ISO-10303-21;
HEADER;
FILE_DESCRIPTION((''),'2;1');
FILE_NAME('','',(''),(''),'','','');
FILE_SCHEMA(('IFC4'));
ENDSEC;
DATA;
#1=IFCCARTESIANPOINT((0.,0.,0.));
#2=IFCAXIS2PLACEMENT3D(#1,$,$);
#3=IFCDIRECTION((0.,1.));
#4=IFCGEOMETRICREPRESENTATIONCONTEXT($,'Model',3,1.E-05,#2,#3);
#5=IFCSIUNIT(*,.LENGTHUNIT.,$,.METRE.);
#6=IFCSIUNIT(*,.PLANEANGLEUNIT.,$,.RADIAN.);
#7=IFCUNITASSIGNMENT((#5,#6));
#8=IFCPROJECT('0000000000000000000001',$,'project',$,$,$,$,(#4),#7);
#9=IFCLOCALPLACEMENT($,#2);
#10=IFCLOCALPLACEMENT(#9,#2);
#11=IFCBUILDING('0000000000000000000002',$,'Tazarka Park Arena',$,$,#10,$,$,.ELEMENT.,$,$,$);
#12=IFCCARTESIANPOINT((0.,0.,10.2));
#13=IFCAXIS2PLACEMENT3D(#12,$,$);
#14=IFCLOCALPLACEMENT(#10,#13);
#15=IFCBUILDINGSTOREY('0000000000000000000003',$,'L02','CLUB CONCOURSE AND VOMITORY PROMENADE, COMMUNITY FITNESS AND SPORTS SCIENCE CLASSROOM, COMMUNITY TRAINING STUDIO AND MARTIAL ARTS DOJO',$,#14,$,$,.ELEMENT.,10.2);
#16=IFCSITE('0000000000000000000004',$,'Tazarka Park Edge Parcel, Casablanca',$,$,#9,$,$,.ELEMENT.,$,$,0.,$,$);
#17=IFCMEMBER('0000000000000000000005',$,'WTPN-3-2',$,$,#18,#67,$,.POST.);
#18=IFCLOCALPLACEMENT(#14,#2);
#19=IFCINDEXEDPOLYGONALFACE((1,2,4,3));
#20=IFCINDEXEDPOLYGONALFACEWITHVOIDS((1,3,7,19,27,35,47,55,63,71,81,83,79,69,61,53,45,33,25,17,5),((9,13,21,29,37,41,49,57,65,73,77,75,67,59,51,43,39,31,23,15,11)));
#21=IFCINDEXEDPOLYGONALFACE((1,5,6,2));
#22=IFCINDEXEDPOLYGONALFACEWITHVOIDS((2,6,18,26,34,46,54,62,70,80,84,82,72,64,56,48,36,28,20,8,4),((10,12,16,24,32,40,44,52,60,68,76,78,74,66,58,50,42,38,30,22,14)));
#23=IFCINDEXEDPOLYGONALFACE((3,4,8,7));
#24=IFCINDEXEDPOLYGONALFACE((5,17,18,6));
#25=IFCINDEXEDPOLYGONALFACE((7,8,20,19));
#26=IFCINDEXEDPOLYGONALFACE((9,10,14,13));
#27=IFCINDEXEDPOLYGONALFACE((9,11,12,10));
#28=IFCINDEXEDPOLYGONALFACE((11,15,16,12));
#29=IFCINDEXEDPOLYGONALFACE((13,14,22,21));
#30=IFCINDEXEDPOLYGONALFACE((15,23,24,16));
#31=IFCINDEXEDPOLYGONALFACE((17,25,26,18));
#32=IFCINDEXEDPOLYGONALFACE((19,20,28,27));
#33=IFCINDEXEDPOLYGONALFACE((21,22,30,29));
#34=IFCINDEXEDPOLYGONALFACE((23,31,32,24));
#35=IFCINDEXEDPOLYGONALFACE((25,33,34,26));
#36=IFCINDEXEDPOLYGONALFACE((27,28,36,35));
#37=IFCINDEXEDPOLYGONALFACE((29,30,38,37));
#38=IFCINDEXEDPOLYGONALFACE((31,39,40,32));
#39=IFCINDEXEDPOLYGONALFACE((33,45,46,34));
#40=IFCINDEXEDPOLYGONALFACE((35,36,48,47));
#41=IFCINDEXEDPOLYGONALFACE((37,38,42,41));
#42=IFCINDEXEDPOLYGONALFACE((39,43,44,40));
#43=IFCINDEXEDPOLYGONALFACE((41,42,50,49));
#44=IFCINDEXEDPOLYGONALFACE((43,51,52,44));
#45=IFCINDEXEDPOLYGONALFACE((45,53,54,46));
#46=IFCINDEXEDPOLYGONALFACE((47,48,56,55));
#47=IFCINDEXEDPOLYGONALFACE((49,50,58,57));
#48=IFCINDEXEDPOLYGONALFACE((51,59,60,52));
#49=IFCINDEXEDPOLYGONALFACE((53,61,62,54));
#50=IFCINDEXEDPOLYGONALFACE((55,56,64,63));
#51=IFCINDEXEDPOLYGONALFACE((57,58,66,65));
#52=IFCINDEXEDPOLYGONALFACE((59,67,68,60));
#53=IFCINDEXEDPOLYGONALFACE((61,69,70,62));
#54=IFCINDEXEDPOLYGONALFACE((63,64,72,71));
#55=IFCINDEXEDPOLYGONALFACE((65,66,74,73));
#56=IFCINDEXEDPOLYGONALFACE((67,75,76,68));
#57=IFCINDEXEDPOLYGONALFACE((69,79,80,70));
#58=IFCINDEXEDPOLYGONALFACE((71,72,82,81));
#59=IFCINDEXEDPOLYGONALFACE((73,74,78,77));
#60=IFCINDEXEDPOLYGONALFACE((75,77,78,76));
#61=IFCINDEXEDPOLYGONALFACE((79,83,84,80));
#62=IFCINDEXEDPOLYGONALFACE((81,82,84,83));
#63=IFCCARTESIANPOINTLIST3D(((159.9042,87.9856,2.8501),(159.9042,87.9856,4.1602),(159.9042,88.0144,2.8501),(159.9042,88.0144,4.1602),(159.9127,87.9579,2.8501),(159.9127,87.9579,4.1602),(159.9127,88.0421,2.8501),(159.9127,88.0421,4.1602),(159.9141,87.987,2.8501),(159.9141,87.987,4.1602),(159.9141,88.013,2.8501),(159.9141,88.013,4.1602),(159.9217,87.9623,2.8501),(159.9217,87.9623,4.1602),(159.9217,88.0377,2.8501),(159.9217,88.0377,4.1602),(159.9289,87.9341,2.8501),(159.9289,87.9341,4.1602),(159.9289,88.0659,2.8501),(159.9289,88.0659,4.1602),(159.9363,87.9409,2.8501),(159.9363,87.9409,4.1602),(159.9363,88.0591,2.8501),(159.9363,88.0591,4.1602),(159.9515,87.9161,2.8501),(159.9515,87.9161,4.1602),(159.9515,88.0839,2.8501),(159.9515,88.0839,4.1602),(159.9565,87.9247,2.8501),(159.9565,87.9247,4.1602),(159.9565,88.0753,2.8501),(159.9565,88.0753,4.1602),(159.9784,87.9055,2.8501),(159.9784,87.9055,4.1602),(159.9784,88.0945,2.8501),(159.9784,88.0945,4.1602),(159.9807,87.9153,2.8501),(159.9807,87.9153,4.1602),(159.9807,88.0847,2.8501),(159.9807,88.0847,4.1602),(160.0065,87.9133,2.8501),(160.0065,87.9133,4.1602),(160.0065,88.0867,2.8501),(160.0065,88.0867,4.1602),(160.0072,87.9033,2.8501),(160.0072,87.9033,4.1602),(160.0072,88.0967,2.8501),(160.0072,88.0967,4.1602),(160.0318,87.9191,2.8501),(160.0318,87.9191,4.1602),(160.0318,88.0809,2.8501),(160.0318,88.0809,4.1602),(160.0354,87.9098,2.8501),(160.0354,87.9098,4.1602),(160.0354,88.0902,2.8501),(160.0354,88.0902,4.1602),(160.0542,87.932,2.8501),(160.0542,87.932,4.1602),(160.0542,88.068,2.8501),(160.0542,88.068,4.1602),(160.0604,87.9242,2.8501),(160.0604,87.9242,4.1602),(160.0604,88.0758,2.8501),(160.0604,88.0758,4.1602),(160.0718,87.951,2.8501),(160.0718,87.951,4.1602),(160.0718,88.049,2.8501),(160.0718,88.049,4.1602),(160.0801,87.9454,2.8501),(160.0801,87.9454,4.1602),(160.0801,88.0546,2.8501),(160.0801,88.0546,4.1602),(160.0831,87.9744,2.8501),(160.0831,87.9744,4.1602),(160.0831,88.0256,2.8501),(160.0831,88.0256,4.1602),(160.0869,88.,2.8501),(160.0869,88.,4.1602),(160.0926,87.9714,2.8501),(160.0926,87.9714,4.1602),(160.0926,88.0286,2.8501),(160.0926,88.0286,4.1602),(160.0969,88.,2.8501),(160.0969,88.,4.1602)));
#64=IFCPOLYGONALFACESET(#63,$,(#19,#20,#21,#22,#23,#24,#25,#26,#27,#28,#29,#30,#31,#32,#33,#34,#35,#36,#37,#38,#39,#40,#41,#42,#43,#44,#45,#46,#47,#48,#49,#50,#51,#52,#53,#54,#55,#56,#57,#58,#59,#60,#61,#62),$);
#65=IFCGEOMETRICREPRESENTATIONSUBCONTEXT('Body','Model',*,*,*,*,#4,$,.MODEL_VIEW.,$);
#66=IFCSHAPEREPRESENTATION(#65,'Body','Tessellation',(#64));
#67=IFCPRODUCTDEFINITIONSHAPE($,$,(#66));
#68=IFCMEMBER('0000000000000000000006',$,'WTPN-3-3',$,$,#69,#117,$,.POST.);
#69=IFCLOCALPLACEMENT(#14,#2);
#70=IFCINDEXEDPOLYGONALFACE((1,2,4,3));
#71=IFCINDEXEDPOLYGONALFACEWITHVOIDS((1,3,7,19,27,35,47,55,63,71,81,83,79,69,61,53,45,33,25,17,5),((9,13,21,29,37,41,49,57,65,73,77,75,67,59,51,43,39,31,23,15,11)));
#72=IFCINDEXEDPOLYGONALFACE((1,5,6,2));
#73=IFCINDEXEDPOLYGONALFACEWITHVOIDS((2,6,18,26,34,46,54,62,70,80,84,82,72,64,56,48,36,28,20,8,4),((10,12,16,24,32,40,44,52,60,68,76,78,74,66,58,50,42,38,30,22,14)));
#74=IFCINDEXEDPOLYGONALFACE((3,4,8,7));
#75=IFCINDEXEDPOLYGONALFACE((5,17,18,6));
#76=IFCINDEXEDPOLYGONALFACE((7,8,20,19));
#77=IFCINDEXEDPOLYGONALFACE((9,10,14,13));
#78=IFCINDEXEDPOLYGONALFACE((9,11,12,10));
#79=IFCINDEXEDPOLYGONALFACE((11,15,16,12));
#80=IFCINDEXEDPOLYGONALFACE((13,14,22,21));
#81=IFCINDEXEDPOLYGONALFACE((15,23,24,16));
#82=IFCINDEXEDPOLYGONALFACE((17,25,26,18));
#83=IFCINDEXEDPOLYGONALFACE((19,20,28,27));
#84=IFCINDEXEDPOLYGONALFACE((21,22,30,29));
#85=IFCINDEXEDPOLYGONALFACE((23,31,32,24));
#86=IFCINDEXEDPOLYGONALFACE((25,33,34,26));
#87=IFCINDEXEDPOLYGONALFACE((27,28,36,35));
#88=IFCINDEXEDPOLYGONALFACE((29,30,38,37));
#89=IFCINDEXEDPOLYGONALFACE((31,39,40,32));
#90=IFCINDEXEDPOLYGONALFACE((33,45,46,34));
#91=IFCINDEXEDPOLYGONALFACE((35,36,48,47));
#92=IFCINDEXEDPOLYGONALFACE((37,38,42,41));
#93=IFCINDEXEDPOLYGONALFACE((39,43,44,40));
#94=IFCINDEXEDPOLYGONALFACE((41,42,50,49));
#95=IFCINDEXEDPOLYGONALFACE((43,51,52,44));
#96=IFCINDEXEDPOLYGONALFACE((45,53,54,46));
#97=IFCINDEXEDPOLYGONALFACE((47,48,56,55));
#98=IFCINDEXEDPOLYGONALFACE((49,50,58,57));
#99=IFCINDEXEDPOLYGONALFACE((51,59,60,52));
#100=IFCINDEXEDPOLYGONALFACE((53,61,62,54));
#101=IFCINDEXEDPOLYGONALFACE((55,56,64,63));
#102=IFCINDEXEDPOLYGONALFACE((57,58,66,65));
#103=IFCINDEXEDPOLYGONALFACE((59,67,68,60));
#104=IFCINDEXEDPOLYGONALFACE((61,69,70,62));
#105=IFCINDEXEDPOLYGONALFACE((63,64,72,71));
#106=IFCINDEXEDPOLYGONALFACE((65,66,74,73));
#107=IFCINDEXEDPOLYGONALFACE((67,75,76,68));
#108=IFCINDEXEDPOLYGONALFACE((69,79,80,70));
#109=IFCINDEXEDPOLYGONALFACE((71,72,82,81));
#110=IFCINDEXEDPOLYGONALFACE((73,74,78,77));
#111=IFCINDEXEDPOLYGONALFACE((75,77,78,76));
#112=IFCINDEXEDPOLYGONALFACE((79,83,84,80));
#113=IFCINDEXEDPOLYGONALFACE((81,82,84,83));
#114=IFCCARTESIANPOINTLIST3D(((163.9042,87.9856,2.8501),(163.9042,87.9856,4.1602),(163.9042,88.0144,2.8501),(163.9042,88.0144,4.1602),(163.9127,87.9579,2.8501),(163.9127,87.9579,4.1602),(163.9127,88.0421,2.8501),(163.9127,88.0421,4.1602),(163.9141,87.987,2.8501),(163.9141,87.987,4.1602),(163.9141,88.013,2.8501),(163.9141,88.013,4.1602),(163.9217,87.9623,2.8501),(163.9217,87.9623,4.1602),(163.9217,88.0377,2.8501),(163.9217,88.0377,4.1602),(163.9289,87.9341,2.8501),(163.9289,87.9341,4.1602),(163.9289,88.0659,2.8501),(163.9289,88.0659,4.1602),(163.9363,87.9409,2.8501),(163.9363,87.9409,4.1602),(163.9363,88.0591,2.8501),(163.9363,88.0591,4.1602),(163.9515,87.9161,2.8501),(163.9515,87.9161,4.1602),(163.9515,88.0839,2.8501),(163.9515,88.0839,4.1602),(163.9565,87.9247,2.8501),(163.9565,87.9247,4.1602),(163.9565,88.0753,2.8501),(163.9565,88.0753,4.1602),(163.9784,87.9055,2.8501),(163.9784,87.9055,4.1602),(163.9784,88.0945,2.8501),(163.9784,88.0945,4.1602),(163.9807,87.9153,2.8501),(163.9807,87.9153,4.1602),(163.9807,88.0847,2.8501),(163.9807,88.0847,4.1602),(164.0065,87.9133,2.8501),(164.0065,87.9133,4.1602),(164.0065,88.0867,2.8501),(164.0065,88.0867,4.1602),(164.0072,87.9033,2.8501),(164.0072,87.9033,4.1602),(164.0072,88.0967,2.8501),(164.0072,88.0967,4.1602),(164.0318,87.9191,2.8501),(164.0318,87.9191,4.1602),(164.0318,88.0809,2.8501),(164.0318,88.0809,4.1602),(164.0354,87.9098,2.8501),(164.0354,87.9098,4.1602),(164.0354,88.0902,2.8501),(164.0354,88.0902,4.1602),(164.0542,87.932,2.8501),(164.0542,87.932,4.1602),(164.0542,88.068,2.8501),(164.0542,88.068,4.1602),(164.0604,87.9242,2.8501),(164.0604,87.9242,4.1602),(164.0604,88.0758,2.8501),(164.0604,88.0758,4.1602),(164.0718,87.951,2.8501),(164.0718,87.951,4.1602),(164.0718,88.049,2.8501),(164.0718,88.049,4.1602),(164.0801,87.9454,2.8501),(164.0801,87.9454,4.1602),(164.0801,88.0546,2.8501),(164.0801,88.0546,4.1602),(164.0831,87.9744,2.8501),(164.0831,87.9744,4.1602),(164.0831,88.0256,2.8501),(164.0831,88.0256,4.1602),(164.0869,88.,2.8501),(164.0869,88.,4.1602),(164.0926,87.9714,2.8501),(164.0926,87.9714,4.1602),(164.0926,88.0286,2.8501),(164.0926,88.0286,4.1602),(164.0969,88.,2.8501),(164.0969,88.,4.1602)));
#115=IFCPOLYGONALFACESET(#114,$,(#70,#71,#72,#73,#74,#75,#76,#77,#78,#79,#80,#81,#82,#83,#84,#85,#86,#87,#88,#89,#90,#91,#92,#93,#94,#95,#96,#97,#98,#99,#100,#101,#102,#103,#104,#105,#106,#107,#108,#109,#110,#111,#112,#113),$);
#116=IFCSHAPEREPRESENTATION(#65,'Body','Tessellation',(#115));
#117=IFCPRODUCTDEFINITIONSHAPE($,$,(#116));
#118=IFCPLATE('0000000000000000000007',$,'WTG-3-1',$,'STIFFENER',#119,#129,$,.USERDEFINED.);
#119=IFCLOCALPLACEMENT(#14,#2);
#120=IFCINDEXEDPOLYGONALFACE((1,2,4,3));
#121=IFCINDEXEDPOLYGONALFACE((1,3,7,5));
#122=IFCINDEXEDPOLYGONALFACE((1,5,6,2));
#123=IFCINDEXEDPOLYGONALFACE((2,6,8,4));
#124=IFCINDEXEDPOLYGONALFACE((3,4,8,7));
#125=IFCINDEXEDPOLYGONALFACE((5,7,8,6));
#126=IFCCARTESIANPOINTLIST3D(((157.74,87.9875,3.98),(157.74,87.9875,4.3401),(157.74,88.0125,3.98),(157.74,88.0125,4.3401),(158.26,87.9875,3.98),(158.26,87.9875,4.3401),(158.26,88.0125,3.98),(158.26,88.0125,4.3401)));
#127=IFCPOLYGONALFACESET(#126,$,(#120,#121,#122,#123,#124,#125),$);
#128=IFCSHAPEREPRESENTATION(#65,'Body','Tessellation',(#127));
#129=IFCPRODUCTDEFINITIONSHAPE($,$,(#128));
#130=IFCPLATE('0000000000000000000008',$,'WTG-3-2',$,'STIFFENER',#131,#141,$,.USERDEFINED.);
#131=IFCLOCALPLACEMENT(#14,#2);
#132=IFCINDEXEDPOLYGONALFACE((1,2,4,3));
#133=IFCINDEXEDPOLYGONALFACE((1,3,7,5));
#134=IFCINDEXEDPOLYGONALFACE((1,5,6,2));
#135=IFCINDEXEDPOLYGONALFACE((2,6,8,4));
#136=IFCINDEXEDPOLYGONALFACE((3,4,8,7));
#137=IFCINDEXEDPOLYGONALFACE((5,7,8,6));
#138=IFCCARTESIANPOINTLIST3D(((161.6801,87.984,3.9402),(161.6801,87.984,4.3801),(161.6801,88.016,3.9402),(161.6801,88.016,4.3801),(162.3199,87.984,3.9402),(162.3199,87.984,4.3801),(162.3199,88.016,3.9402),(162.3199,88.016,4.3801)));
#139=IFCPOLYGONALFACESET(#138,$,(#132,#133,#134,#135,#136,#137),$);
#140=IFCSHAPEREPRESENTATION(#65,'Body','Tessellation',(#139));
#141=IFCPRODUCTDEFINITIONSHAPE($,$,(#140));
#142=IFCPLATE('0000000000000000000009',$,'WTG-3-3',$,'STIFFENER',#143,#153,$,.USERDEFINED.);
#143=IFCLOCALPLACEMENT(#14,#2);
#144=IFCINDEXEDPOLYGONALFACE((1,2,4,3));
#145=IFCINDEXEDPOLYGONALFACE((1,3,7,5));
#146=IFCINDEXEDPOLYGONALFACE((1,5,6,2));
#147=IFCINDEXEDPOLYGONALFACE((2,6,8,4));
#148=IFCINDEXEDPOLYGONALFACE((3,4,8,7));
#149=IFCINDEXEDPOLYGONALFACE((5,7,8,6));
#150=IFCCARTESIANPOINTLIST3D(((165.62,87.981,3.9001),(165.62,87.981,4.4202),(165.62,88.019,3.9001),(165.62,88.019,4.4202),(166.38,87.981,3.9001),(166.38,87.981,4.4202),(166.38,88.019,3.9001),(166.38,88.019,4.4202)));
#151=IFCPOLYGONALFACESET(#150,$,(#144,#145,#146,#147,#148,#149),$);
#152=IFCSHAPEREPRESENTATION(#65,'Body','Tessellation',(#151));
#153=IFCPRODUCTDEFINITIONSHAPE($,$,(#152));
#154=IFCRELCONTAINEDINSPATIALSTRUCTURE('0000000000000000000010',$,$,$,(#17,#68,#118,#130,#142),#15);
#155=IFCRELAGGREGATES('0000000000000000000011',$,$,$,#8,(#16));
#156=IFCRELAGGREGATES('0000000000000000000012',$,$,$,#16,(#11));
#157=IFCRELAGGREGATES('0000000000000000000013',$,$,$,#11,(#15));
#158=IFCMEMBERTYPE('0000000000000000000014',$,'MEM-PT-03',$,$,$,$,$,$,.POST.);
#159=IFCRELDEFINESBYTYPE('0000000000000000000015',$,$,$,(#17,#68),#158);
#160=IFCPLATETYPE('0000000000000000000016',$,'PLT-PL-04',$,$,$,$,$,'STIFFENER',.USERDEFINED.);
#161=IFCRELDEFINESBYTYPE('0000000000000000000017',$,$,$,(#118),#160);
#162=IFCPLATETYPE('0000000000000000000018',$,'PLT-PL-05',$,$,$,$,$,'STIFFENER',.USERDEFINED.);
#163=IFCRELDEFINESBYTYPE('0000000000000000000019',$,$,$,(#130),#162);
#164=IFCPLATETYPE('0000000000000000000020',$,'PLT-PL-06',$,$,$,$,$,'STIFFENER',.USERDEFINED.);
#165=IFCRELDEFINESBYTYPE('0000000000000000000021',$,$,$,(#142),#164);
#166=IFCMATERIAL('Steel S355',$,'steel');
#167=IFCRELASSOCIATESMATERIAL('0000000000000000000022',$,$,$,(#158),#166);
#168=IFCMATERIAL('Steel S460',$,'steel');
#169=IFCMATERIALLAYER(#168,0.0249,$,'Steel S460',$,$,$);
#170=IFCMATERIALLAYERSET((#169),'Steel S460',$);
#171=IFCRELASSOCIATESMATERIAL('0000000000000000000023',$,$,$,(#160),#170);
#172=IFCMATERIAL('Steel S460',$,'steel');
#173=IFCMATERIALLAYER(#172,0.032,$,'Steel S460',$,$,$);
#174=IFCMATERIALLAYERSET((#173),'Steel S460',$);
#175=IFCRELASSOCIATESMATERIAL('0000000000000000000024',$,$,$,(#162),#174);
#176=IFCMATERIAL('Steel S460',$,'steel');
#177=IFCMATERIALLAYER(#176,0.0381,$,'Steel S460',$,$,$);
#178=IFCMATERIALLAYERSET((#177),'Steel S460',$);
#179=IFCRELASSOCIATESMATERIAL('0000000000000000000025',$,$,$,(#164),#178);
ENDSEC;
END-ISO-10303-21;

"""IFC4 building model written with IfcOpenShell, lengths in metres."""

from ifc_helpers import new_model, si_unit, direction, frame, origin, origin_2d, place, context, subcontext, project, spatial, rectangle, hollow_circle, extrude, material, layer, layer_set, material_profile, profile_set, type_object, element, save


model = new_model("IFC4")

# Units and contexts
model_context = context("Model", 3, precision=1e-05, world=origin(), true_north=direction((0.0, 1.0)))
body_context = subcontext(model_context, "Body", "Model", "MODEL_VIEW")
ifc_project = project(units=[si_unit("LENGTHUNIT", "METRE"), si_unit("PLANEANGLEUNIT", "RADIAN")], contexts=[model_context])

# Site, building, storey
site_placement = place(None, origin())
site = spatial("IfcSite", under=ifc_project, at=site_placement, Name="Tazarka Park Edge Parcel, Casablanca", CompositionType="ELEMENT", RefElevation=0.0)
building_placement = place(site_placement, origin())
building = spatial("IfcBuilding", under=site, at=building_placement, Name="Tazarka Park Arena", CompositionType="ELEMENT")
storey_placement = place(building_placement, frame((0.0, 0.0, 10.2)))
storey = spatial("IfcBuildingStorey", under=building, at=storey_placement, Name="L02", Description="CLUB CONCOURSE AND VOMITORY PROMENADE, COMMUNITY FITNESS AND SPORTS SCIENCE CLASSROOM, COMMUNITY TRAINING STUDIO AND MARTIAL ARTS DOJO", CompositionType="ELEMENT", Elevation=10.2)

# Members
ifc_material_1 = material(Name="Steel S355", Category="steel")
ifc_material_profile_1 = material_profile(ifc_material_1, hollow_circle(Radius=0.0969, WallThickness=0.01, at=origin_2d()), Name="Steel S355")
ifc_profile_set_1 = profile_set([ifc_material_profile_1], Name="Steel S355")
member_type_1 = type_object("IfcMemberType", Name="MEM-PT-03", PredefinedType="POST", material=ifc_profile_set_1)
for number, where, z_axis, x_axis, name in (
    (1, (160.0, 88.0, 2.8501), (0.0, 0.0, 1.0), (1.0, 0.0, 0.0), "WTPN-3-2"),
    (2, (164.0, 88.0, 2.8501), (0.0, 0.0, 1.0), (1.0, 0.0, 0.0), "WTPN-3-3"),
):
    element("IfcMember", number, at=place(storey_placement, frame(where, z_axis=z_axis, x_axis=x_axis)), inside=storey, type_object=member_type_1, Name=name, PredefinedType="POST", context=body_context, shape_type="SweptSolid", body=[
        extrude(hollow_circle(Radius=0.0969, WallThickness=0.01, at=origin_2d()), origin(), (0.0, 0.0, 1.0), 1.3101),
    ])

# Plates
ifc_material_2 = material(Name="Steel S460", Category="steel")
ifc_layer_1 = layer(ifc_material_2, 0.0249, Name="Steel S460")
ifc_layer_set_1 = layer_set([ifc_layer_1], Name="Steel S460")
plate_type_1 = type_object("IfcPlateType", Name="PLT-PL-04", ElementType="STIFFENER", PredefinedType="USERDEFINED", material=ifc_layer_set_1)
plate_1_placement = place(storey_placement, frame((158.0, 88.0, 3.98), z_axis=(0.0, 0.0, 1.0), x_axis=(1.0, 0.0, 0.0)))
element("IfcPlate", 3, at=plate_1_placement, inside=storey, type_object=plate_type_1, Name="WTG-3-1", ObjectType="STIFFENER", PredefinedType="USERDEFINED", context=body_context, shape_type="SweptSolid", body=[
    extrude(rectangle(XDim=0.52, YDim=0.0249, at=origin_2d()), origin(), (0.0, 0.0, 1.0), 0.3601),
])
ifc_material_3 = material(Name="Steel S460", Category="steel")
ifc_layer_2 = layer(ifc_material_3, 0.032, Name="Steel S460")
ifc_layer_set_2 = layer_set([ifc_layer_2], Name="Steel S460")
plate_type_2 = type_object("IfcPlateType", Name="PLT-PL-05", ElementType="STIFFENER", PredefinedType="USERDEFINED", material=ifc_layer_set_2)
plate_2_placement = place(storey_placement, frame((162.0, 88.0, 3.9402), z_axis=(0.0, 0.0, 1.0), x_axis=(1.0, 0.0, 0.0)))
element("IfcPlate", 4, at=plate_2_placement, inside=storey, type_object=plate_type_2, Name="WTG-3-2", ObjectType="STIFFENER", PredefinedType="USERDEFINED", context=body_context, shape_type="SweptSolid", body=[
    extrude(rectangle(XDim=0.6399, YDim=0.032, at=origin_2d()), origin(), (0.0, 0.0, 1.0), 0.4399),
])
ifc_material_4 = material(Name="Steel S460", Category="steel")
ifc_layer_3 = layer(ifc_material_4, 0.0381, Name="Steel S460")
ifc_layer_set_3 = layer_set([ifc_layer_3], Name="Steel S460")
plate_type_3 = type_object("IfcPlateType", Name="PLT-PL-06", ElementType="STIFFENER", PredefinedType="USERDEFINED", material=ifc_layer_set_3)
plate_3_placement = place(storey_placement, frame((166.0, 88.0, 3.9001), z_axis=(0.0, 0.0, 1.0), x_axis=(1.0, 0.0, 0.0)))
element("IfcPlate", 5, at=plate_3_placement, inside=storey, type_object=plate_type_3, Name="WTG-3-3", ObjectType="STIFFENER", PredefinedType="USERDEFINED", context=body_context, shape_type="SweptSolid", body=[
    extrude(rectangle(XDim=0.76, YDim=0.0381, at=origin_2d()), origin(), (0.0, 0.0, 1.0), 0.52),
])

save(model, "model.ifc")
